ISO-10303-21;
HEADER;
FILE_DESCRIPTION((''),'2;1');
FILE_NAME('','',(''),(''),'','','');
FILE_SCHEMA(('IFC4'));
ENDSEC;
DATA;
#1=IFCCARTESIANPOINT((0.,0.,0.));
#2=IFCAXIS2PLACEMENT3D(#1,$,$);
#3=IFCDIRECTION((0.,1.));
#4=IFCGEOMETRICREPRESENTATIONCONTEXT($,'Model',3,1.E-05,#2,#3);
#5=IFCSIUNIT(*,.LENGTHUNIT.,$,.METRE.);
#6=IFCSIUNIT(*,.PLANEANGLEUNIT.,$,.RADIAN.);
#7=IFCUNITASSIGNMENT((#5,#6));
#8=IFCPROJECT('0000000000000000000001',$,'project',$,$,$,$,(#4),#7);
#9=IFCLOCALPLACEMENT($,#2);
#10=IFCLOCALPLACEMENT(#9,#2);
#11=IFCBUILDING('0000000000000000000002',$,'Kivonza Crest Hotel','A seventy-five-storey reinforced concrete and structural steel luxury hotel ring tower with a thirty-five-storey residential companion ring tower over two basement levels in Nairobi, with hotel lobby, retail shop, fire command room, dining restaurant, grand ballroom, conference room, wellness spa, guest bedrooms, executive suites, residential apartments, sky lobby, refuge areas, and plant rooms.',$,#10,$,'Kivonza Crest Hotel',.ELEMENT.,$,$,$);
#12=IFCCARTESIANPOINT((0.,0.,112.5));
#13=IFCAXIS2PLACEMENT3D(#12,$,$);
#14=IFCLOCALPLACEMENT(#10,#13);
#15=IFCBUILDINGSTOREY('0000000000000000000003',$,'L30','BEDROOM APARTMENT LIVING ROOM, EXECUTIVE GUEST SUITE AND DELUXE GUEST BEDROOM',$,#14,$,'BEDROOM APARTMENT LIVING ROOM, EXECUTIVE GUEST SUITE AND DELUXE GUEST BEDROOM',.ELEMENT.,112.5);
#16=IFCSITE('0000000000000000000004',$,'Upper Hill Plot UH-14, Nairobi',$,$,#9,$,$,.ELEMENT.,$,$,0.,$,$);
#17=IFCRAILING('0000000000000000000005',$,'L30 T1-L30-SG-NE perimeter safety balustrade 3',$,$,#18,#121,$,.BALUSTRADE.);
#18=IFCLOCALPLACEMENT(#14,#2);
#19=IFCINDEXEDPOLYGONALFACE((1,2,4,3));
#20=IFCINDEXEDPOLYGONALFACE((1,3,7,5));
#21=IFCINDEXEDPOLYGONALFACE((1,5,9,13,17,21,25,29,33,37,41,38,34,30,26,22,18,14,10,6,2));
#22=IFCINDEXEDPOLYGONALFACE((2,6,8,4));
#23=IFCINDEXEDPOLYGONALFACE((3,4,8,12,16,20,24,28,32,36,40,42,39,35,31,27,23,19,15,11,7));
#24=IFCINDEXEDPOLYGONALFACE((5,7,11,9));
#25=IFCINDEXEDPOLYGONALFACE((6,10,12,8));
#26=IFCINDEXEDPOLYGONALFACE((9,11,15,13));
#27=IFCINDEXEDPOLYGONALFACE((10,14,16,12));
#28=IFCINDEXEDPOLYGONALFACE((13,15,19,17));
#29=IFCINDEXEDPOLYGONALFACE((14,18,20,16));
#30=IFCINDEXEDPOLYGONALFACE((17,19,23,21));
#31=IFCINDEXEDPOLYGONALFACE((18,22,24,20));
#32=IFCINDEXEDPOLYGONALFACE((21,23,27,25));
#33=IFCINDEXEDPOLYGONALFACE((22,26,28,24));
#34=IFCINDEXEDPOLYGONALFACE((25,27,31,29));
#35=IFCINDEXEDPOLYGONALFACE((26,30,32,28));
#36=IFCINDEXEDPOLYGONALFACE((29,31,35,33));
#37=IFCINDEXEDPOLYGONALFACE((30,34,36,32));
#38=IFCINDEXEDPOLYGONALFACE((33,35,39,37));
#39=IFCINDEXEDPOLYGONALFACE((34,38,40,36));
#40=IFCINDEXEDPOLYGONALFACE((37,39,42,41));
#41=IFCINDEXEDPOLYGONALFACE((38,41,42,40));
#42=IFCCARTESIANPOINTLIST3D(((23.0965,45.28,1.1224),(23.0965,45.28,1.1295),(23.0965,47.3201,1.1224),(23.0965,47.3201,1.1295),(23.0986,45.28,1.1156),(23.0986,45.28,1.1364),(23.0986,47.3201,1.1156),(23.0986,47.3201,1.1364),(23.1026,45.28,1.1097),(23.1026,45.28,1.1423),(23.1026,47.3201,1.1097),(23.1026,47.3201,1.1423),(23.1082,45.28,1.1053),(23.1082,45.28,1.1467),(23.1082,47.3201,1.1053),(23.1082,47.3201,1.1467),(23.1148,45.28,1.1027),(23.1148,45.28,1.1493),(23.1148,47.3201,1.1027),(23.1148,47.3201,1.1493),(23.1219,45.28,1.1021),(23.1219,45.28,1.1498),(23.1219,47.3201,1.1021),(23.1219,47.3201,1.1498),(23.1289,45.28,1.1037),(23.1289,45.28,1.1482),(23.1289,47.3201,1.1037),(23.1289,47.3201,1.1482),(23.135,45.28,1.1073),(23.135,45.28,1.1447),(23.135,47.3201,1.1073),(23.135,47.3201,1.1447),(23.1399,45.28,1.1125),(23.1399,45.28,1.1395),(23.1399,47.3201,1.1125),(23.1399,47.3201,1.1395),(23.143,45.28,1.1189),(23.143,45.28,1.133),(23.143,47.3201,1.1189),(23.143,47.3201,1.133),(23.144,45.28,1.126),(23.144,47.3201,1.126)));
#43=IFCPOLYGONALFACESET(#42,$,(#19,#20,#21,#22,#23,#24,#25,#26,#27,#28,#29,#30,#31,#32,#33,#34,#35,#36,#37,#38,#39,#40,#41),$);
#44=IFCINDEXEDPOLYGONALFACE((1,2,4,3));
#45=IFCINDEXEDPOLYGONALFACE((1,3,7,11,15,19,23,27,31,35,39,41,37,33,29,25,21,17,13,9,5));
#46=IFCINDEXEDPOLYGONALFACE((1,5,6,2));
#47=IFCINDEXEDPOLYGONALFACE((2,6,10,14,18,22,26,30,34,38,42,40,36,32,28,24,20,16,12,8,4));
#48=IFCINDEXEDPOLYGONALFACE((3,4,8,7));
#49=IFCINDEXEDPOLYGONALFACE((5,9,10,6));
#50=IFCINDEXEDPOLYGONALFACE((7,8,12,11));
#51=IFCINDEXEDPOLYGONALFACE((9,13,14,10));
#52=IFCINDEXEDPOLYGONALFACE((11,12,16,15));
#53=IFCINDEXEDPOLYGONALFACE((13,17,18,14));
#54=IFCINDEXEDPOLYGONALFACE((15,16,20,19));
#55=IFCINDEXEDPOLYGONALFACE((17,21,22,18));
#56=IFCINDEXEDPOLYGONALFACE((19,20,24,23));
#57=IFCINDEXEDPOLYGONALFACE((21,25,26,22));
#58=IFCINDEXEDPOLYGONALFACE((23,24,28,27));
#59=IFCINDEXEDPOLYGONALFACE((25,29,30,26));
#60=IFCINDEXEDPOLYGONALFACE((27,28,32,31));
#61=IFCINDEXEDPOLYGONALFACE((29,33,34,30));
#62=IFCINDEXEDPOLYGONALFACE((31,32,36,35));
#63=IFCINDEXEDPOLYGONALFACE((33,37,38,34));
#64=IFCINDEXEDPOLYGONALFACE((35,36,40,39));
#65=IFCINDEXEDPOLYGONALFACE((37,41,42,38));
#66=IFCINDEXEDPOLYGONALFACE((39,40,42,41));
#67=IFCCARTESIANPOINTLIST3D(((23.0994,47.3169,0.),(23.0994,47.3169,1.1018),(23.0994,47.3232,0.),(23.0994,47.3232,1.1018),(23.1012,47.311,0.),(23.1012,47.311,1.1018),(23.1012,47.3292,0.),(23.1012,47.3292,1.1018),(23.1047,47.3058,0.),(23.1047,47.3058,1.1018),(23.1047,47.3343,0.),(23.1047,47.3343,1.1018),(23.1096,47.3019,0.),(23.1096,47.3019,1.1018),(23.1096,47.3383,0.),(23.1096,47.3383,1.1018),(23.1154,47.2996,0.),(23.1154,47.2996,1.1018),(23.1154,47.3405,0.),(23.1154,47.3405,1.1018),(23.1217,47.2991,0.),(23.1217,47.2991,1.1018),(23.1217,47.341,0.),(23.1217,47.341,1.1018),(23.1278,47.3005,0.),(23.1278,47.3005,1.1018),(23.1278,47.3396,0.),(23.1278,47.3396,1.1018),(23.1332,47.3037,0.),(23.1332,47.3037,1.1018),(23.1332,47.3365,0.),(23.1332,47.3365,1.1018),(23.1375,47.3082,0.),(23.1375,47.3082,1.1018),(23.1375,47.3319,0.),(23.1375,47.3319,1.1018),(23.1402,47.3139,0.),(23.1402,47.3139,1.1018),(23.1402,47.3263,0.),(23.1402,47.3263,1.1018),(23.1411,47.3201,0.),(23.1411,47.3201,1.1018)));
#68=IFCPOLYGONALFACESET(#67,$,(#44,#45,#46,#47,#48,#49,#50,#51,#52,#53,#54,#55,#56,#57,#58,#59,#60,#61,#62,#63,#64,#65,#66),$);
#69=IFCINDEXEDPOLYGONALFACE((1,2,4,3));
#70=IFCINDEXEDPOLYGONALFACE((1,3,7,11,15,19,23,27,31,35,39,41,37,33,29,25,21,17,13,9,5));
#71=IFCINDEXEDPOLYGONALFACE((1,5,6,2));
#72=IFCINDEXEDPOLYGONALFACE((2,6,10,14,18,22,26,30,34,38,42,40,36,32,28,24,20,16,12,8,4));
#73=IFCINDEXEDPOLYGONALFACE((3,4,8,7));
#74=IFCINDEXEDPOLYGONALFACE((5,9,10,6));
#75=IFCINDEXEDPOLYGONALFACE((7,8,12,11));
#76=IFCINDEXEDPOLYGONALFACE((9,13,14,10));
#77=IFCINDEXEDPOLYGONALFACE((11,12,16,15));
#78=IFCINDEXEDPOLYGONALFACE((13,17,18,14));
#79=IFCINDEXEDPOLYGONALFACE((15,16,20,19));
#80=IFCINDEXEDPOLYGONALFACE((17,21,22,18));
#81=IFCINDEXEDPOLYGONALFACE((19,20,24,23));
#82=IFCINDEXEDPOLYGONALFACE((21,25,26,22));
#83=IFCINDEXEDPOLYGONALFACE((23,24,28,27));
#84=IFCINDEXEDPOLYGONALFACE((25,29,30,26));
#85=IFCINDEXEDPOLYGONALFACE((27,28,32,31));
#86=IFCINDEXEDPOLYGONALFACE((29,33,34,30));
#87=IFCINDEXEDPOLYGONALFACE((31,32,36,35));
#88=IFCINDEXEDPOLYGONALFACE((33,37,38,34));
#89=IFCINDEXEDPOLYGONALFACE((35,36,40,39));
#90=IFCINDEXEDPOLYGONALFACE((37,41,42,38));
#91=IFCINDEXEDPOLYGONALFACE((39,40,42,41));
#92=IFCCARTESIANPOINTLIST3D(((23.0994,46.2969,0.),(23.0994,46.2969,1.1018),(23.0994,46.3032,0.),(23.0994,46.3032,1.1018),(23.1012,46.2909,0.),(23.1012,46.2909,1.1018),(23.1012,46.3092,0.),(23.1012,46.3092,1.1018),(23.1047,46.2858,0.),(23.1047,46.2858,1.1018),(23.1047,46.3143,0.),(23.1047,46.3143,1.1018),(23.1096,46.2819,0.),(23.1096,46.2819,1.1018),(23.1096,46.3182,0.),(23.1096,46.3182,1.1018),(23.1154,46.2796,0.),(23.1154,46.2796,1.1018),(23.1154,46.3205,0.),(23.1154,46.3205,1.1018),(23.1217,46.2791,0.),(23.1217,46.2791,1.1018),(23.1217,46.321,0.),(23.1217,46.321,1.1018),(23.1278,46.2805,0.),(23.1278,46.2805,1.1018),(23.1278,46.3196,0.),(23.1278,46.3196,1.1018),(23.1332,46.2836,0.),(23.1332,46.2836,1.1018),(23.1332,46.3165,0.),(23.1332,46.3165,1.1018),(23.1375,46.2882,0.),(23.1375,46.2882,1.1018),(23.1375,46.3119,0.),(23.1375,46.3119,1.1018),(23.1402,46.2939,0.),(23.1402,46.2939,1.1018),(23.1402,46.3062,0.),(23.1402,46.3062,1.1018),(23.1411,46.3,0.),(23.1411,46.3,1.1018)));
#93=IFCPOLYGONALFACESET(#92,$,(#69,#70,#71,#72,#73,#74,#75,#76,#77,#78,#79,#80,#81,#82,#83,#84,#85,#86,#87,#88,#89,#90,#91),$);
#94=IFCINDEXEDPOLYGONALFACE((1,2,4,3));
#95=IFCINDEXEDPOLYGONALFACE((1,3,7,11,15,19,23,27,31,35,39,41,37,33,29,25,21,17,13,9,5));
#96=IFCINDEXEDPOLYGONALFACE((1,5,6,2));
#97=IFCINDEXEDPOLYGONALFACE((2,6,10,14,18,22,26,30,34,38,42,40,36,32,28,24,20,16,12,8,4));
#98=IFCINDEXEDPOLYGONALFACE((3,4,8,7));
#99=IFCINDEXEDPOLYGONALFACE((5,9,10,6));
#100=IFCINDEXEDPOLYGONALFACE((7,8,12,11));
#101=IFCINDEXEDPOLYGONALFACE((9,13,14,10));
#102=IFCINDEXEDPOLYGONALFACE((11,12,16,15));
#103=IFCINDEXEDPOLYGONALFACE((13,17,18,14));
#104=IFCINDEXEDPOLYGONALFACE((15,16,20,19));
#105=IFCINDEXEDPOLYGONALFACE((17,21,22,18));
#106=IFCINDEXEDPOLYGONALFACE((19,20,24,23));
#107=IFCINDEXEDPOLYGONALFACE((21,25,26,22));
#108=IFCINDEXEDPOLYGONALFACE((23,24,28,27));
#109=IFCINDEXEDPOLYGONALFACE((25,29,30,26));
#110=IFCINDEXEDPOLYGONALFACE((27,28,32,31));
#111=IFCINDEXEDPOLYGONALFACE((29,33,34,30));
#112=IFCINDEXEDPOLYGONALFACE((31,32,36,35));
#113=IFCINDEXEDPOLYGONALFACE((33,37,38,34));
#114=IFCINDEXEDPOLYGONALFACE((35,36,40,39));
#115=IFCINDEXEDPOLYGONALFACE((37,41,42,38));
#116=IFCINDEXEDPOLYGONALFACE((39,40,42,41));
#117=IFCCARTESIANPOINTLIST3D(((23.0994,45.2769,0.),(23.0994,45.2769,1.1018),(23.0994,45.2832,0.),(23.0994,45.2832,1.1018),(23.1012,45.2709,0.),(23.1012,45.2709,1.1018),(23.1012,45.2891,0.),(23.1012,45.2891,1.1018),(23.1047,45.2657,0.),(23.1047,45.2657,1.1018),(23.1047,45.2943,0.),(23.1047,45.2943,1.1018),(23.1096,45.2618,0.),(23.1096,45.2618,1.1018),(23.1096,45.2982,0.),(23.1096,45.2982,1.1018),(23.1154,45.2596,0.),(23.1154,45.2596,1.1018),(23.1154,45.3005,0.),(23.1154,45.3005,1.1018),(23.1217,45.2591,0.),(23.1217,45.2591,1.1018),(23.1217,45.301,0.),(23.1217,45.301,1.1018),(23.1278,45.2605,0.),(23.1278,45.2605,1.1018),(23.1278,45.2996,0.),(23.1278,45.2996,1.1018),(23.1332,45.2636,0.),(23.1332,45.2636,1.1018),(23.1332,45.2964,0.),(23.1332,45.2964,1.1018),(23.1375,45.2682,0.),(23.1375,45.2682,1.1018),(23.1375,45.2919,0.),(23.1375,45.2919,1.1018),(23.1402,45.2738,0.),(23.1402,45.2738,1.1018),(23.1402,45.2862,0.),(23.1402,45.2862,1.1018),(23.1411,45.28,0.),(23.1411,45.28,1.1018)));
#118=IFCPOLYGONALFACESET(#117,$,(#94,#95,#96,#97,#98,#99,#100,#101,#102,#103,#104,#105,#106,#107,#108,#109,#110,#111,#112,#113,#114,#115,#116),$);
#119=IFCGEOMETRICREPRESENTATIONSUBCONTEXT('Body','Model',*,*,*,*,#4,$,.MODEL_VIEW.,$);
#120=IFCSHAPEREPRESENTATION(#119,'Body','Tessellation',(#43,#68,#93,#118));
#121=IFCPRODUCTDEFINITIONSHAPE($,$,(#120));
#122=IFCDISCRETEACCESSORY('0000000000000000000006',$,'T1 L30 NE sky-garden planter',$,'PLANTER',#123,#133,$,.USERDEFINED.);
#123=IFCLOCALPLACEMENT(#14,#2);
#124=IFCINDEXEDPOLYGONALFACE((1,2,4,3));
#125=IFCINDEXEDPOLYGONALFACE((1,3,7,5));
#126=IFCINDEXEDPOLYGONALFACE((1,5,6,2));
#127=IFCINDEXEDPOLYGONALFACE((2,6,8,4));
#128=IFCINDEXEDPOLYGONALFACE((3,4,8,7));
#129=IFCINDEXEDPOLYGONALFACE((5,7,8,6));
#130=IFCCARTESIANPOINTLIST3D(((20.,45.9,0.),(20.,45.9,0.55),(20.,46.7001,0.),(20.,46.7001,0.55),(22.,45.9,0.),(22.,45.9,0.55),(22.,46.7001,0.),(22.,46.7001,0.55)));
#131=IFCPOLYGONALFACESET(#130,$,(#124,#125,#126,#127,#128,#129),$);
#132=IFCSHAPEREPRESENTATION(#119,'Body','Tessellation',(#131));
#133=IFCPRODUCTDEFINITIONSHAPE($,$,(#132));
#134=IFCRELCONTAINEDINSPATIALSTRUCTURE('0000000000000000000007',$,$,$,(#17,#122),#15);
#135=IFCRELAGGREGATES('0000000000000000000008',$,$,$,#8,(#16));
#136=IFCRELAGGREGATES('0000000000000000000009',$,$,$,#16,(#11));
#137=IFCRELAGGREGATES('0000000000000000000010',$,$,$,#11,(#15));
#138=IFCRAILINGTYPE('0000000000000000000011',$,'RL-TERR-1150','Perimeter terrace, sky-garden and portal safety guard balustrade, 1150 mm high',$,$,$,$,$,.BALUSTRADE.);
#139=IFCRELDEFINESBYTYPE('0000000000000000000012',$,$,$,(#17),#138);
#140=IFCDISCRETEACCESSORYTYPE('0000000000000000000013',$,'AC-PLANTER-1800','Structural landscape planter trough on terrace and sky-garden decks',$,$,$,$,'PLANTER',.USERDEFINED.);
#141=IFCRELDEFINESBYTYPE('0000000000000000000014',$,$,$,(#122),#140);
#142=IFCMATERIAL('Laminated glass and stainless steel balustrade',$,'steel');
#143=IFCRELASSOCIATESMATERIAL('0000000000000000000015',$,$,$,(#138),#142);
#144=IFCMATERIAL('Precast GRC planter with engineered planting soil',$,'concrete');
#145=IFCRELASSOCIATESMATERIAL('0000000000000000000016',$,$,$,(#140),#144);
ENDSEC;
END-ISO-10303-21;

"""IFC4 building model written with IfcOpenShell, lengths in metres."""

from ifc_helpers import new_model, si_unit, direction, frame, origin, origin_2d, place, context, subcontext, project, spatial, rectangle, circle, extrude, material, type_object, element, save


model = new_model("IFC4")

# Units and contexts
model_context = context("Model", 3, precision=1e-05, world=origin(), true_north=direction((0.0, 1.0)))
body_context = subcontext(model_context, "Body", "Model", "MODEL_VIEW")
ifc_project = project(units=[si_unit("LENGTHUNIT", "METRE"), si_unit("PLANEANGLEUNIT", "RADIAN")], contexts=[model_context])

# Site, building, storey
site_placement = place(None, origin())
site = spatial("IfcSite", under=ifc_project, at=site_placement, Name="Upper Hill Plot UH-14, Nairobi", CompositionType="ELEMENT", RefElevation=0.0)
building_placement = place(site_placement, origin())
building = spatial("IfcBuilding", under=site, at=building_placement, Name="Kivonza Crest Hotel", Description="A seventy-five-storey reinforced concrete and structural steel luxury hotel ring tower with a thirty-five-storey residential companion ring tower over two basement levels in Nairobi, with hotel lobby, retail shop, fire command room, dining restaurant, grand ballroom, conference room, wellness spa, guest bedrooms, executive suites, residential apartments, sky lobby, refuge areas, and plant rooms.", LongName="Kivonza Crest Hotel", CompositionType="ELEMENT")
storey_placement = place(building_placement, frame((0.0, 0.0, 112.5)))
storey = spatial("IfcBuildingStorey", under=building, at=storey_placement, Name="L30", Description="BEDROOM APARTMENT LIVING ROOM, EXECUTIVE GUEST SUITE AND DELUXE GUEST BEDROOM", LongName="BEDROOM APARTMENT LIVING ROOM, EXECUTIVE GUEST SUITE AND DELUXE GUEST BEDROOM", CompositionType="ELEMENT", Elevation=112.5)

# Railing
ifc_material_1 = material(Name="Laminated glass and stainless steel balustrade", Category="steel")
railing_type = type_object("IfcRailingType", Name="RL-TERR-1150", Description="Perimeter terrace, sky-garden and portal safety guard balustrade, 1150 mm high", PredefinedType="BALUSTRADE", material=ifc_material_1)
railing_1_placement = place(storey_placement, frame((23.1201, 47.3201, 0.0)))
element("IfcRailing", 1, at=railing_1_placement, inside=storey, type_object=railing_type, Name="L30 T1-L30-SG-NE perimeter safety balustrade 3", PredefinedType="BALUSTRADE", context=body_context, shape_type="SweptSolid", body=[
    extrude(circle(Radius=0.0239, at=origin_2d()), frame((0.0, 0.0, 1.126), z_axis=(0.0, -1.0, 0.0), x_axis=(1.0, 0.0, 0.0)), (0.0, 0.0, 1.0), 2.04),
    extrude(circle(Radius=0.021, at=origin_2d()), origin(), (0.0, 0.0, 1.0), 1.1018),
    extrude(circle(Radius=0.021, at=origin_2d()), frame((0.0, -1.02, 0.0)), (0.0, 0.0, 1.0), 1.1018),
    extrude(circle(Radius=0.021, at=origin_2d()), frame((0.0, -2.04, 0.0)), (0.0, 0.0, 1.0), 1.1018),
])

# Discrete accessory
ifc_material_2 = material(Name="Precast GRC planter with engineered planting soil", Category="concrete")
discrete_accessory_type = type_object("IfcDiscreteAccessoryType", Name="AC-PLANTER-1800", Description="Structural landscape planter trough on terrace and sky-garden decks", ElementType="PLANTER", PredefinedType="USERDEFINED", material=ifc_material_2)
discrete_accessory_placement = place(storey_placement, frame((21.0, 46.3, 0.0), z_axis=(0.0, 0.0, 1.0), x_axis=(1.0, 0.0, 0.0)))
element("IfcDiscreteAccessory", 2, at=discrete_accessory_placement, inside=storey, type_object=discrete_accessory_type, Name="T1 L30 NE sky-garden planter", ObjectType="PLANTER", PredefinedType="USERDEFINED", context=body_context, shape_type="SweptSolid", body=[
    extrude(rectangle(XDim=2.0, YDim=0.8, at=origin_2d()), origin(), (0.0, 0.0, 1.0), 0.55),
])

save(model, "model.ifc")
